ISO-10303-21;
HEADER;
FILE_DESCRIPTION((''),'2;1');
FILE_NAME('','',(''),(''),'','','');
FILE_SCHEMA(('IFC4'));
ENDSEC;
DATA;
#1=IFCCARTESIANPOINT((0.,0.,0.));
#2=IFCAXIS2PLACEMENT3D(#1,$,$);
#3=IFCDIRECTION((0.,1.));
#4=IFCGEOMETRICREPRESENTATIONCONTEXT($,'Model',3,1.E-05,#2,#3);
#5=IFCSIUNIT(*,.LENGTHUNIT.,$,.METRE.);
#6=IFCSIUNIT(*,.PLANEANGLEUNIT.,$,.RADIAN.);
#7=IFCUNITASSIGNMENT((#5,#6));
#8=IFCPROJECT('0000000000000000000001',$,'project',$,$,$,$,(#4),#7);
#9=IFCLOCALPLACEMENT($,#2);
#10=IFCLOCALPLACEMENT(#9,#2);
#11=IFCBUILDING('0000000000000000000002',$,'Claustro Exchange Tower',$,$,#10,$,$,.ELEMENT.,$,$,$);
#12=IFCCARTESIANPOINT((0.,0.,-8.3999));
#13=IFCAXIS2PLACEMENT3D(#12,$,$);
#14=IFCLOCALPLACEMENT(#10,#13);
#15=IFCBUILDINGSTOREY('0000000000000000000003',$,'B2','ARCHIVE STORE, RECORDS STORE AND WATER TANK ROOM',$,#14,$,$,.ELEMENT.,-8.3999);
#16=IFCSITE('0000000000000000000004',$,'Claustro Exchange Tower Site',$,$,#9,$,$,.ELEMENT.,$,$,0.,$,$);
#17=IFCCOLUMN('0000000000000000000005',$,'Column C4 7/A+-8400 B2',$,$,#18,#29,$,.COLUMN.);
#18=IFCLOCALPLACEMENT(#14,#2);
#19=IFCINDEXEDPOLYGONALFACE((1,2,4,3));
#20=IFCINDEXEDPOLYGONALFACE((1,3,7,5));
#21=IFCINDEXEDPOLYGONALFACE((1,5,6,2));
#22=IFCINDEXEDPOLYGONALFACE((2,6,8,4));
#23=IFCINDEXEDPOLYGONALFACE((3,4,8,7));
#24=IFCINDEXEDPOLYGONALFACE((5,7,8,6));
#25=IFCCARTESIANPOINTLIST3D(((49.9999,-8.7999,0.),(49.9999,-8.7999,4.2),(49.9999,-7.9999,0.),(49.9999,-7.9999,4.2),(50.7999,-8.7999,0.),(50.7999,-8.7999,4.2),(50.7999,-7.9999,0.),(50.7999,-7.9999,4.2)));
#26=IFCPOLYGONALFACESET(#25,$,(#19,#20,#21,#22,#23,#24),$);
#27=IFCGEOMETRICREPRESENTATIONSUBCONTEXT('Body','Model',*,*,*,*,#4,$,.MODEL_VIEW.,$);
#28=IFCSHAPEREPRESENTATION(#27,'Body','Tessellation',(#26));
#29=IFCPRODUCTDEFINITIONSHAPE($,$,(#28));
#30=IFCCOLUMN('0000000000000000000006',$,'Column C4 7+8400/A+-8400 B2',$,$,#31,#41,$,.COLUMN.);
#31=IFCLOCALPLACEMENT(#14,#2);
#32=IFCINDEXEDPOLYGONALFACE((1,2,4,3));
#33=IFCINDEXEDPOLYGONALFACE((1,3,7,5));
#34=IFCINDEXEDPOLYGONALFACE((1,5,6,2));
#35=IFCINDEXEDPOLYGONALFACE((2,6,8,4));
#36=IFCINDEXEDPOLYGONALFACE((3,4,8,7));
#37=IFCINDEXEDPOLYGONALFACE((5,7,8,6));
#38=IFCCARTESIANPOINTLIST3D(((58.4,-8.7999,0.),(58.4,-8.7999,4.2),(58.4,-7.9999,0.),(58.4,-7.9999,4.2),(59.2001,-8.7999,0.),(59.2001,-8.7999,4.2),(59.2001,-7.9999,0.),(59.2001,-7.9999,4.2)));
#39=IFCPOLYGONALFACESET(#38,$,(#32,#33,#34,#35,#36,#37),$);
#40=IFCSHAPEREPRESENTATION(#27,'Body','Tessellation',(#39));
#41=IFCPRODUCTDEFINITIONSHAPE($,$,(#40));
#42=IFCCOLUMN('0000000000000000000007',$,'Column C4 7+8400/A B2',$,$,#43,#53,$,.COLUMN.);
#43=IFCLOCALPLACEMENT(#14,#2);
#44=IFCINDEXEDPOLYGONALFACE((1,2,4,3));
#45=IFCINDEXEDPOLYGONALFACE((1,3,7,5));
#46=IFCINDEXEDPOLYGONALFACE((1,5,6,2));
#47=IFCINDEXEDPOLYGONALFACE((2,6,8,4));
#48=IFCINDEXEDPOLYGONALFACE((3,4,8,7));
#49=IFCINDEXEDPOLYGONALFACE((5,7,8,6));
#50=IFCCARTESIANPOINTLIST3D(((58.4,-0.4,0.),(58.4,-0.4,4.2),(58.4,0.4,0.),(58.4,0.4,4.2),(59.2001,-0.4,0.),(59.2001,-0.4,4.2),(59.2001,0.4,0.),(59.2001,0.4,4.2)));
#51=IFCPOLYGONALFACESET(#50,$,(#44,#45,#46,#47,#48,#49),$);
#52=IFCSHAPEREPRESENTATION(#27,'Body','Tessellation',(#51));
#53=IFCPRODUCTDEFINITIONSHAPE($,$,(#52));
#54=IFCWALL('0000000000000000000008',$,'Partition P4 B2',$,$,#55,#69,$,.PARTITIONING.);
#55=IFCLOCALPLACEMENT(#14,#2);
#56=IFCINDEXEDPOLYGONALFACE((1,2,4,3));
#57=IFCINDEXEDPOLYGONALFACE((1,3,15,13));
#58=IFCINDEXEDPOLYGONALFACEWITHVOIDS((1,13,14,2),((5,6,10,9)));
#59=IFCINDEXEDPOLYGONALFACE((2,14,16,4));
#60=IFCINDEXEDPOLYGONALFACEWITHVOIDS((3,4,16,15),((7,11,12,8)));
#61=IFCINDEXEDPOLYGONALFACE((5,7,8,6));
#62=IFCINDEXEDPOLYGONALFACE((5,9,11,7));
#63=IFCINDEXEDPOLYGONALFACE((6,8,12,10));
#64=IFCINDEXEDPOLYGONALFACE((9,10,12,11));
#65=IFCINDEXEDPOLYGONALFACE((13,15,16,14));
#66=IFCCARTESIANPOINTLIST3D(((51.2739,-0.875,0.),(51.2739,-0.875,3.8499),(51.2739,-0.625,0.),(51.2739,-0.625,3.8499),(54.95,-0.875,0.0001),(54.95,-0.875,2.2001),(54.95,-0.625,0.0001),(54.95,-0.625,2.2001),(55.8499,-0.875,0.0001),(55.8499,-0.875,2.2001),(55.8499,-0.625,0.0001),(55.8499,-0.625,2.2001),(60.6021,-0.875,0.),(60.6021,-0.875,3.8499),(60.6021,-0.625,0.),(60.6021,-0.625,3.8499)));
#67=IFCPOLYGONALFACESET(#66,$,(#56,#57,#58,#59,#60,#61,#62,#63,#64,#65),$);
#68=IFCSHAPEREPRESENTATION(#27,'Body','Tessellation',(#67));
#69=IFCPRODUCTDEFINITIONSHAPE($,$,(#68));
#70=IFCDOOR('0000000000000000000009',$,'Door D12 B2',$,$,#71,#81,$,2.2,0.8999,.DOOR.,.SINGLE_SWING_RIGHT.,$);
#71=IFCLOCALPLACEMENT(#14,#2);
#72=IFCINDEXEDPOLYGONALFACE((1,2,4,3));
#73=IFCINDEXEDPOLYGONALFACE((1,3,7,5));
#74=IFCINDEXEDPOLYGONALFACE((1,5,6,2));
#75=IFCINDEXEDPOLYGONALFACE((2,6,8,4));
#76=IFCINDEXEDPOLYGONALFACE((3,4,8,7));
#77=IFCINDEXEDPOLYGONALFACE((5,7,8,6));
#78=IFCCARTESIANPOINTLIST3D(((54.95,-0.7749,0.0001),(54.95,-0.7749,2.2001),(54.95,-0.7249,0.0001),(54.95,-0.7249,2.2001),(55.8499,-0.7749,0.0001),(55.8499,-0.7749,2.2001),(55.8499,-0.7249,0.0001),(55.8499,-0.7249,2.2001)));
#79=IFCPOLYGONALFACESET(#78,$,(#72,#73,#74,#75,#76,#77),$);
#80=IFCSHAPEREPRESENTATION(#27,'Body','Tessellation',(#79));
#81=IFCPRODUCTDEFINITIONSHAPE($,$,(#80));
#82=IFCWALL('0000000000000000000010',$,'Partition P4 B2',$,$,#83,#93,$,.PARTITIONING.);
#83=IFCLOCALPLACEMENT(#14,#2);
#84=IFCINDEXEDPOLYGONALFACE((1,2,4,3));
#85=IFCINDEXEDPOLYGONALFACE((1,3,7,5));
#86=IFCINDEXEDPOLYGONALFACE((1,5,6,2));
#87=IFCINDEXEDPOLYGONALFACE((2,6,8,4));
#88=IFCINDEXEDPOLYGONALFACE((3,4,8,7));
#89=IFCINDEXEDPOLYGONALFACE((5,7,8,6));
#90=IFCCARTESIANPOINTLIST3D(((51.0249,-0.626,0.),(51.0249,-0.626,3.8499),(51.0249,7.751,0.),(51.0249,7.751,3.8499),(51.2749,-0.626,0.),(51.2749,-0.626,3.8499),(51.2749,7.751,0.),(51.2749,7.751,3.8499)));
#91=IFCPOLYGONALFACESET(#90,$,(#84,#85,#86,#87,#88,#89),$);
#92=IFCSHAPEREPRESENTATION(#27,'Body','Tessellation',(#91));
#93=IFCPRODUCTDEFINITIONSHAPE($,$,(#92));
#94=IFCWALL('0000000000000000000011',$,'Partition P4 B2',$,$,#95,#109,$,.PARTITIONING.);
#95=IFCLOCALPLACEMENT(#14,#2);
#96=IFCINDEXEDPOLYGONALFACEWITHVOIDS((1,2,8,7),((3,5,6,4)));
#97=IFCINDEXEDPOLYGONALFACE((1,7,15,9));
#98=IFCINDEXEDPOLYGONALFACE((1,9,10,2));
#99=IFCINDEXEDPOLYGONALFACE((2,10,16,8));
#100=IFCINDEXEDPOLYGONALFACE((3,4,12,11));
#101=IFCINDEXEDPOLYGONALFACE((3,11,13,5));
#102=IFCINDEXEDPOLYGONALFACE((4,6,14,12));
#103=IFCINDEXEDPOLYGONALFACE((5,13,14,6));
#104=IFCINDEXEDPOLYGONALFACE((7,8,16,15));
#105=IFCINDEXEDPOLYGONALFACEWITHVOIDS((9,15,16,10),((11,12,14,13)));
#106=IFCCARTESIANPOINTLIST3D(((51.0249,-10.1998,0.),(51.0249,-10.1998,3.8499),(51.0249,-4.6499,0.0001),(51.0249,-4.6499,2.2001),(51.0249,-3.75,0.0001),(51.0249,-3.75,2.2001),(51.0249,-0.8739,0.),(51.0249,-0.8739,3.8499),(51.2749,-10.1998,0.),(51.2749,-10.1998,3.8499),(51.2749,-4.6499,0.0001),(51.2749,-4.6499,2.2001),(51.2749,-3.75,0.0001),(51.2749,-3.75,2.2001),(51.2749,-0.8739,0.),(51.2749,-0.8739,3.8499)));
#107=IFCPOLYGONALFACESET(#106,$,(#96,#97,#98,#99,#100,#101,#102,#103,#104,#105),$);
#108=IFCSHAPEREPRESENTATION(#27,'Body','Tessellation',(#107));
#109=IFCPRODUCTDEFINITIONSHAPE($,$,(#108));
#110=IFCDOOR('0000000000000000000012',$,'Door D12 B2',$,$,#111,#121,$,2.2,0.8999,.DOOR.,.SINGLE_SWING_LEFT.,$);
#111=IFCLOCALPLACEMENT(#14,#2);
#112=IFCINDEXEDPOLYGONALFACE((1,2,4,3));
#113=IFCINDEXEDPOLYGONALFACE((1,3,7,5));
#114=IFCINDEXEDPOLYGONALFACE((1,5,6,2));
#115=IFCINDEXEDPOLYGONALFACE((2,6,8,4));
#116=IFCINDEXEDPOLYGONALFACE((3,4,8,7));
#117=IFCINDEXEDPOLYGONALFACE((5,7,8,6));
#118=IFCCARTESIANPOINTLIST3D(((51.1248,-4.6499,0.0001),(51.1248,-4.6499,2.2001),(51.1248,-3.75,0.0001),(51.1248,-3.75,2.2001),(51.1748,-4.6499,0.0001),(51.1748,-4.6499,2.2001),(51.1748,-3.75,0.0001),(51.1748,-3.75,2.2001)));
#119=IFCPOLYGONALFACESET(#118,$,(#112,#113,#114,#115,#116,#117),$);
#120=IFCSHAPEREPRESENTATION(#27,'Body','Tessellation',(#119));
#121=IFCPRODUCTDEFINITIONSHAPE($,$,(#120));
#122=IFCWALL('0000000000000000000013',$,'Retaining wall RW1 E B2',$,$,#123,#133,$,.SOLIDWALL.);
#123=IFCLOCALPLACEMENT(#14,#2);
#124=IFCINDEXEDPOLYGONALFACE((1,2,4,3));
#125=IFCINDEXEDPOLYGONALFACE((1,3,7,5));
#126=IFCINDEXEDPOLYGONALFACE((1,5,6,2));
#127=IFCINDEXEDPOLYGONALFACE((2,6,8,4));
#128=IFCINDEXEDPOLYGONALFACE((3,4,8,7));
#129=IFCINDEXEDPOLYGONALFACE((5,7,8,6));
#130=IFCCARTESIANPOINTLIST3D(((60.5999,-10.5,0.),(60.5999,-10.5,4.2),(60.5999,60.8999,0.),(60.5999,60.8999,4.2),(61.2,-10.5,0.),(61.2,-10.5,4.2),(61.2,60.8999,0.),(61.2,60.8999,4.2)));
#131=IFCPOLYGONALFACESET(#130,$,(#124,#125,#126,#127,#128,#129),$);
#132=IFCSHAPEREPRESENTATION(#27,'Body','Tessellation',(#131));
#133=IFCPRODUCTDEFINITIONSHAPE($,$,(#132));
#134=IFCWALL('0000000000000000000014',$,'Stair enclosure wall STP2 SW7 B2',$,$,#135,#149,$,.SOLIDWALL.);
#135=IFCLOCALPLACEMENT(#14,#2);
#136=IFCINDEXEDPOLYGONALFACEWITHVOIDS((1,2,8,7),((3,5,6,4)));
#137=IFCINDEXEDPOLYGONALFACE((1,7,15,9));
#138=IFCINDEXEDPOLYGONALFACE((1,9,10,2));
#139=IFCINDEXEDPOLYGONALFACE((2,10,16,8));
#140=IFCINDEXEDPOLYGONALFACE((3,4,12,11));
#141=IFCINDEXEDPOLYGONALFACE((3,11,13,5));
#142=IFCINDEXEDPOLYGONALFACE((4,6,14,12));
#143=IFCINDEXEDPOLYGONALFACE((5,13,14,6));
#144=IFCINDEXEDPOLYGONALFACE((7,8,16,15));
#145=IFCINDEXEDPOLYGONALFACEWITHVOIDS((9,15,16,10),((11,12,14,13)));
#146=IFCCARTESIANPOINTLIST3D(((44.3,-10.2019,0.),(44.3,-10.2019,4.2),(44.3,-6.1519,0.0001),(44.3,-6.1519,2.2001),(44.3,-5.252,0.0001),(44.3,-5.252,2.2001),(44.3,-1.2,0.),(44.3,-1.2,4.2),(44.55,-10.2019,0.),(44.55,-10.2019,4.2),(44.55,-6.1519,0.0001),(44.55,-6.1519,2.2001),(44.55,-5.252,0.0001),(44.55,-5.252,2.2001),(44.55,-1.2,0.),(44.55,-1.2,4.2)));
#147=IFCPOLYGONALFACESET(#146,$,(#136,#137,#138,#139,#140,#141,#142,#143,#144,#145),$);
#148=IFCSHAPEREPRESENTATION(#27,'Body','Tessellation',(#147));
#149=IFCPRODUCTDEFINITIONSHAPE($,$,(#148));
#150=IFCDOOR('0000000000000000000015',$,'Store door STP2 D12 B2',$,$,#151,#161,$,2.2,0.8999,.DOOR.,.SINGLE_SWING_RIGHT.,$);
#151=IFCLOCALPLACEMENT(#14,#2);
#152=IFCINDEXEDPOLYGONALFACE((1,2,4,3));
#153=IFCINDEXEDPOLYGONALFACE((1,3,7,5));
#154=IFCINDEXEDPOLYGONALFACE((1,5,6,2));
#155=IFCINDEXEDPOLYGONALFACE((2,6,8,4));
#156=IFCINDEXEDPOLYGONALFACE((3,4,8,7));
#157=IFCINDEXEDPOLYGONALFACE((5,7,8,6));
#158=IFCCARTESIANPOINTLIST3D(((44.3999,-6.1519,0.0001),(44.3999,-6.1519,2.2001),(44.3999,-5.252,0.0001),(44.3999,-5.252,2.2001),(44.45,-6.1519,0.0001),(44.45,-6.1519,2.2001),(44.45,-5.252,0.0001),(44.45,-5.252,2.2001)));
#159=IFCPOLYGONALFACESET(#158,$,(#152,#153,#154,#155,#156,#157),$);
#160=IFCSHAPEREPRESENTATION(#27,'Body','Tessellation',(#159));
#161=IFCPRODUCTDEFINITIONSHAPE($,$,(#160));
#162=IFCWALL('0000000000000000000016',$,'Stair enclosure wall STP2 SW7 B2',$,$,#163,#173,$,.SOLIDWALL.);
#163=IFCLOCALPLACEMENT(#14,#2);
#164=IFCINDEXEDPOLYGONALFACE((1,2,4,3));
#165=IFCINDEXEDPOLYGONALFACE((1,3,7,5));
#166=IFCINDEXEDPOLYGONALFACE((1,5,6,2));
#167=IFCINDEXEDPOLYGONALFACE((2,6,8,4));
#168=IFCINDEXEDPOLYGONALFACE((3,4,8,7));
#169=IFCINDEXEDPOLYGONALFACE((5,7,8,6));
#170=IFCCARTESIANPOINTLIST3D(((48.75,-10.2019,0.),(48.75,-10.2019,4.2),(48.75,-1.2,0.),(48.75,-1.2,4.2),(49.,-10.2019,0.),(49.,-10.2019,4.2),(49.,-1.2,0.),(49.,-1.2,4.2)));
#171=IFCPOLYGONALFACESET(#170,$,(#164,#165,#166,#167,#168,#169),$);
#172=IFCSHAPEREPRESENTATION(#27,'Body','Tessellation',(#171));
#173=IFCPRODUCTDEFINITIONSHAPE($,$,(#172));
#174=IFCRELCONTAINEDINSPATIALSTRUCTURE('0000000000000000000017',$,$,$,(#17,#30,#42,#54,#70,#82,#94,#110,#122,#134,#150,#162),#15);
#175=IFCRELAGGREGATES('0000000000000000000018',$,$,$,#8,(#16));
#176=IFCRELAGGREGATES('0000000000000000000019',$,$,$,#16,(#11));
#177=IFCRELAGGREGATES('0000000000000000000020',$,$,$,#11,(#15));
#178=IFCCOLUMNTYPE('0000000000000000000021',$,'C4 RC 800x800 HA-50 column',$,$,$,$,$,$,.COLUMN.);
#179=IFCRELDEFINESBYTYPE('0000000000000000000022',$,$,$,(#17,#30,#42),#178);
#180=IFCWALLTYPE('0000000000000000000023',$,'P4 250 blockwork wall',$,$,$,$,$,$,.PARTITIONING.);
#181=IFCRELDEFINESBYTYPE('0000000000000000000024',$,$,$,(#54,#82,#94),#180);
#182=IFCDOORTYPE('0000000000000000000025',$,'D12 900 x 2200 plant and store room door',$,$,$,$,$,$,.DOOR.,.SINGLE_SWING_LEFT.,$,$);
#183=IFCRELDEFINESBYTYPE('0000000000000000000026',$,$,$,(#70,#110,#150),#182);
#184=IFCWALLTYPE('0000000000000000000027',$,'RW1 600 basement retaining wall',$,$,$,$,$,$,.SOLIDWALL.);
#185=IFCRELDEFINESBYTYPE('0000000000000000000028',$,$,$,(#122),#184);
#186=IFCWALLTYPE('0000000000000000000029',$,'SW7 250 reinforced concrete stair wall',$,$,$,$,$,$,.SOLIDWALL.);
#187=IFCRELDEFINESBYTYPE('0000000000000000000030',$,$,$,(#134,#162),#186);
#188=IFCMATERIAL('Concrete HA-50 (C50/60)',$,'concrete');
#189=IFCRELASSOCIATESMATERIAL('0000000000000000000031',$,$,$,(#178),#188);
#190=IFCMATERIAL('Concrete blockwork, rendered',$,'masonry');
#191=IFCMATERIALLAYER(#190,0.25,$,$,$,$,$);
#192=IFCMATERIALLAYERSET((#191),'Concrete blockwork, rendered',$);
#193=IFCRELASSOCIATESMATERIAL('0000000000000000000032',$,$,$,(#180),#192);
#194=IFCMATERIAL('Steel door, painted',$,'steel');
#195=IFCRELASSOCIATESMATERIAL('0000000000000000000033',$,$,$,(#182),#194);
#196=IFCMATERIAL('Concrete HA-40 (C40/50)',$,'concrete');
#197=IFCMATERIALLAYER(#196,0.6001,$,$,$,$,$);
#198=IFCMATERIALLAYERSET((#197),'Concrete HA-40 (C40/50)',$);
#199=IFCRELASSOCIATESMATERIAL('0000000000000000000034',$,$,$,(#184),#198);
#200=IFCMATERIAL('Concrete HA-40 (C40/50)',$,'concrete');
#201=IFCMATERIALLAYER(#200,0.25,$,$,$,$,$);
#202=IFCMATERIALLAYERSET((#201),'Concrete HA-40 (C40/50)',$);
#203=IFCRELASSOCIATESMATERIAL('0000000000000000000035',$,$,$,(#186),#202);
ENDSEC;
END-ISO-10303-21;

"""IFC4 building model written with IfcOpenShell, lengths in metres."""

from ifc_helpers import new_model, si_unit, direction, frame, frame_2d, origin, origin_2d, place, context, subcontext, project, spatial, rectangle, extrude, material, layer, layer_set, material_profile, profile_set, type_object, element, fill, save


model = new_model("IFC4")

# Units and contexts
model_context = context("Model", 3, precision=1e-05, world=origin(), true_north=direction((0.0, 1.0)))
body_context = subcontext(model_context, "Body", "Model", "MODEL_VIEW")
ifc_project = project(units=[si_unit("LENGTHUNIT", "METRE"), si_unit("PLANEANGLEUNIT", "RADIAN")], contexts=[model_context])

# Site, building, storey
site_placement = place(None, origin())
site = spatial("IfcSite", under=ifc_project, at=site_placement, Name="Claustro Exchange Tower Site", CompositionType="ELEMENT", RefElevation=0.0)
building_placement = place(site_placement, origin())
building = spatial("IfcBuilding", under=site, at=building_placement, Name="Claustro Exchange Tower", CompositionType="ELEMENT")
storey_placement = place(building_placement, frame((0.0, 0.0, -8.3999)))
storey = spatial("IfcBuildingStorey", under=building, at=storey_placement, Name="B2", Description="ARCHIVE STORE, RECORDS STORE AND WATER TANK ROOM", CompositionType="ELEMENT", Elevation=-8.3999)

# Columns
ifc_material_1 = material(Name="Concrete HA-50 (C50/60)", Category="concrete")
ifc_material_profile_1 = material_profile(ifc_material_1, rectangle(XDim=0.8, YDim=0.8, at=origin_2d()), Name="RC 800x800")
ifc_profile_set_1 = profile_set([ifc_material_profile_1], Name="Concrete HA-50 (C50/60)")
column_type_1 = type_object("IfcColumnType", Name="C4 RC 800x800 HA-50 column", PredefinedType="COLUMN", material=ifc_profile_set_1)
for number, where, z_axis, x_axis, name in (
    (1, (50.3999, -8.3999, 0.0), (0.0, 0.0, 1.0), (1.0, 0.0, 0.0), "Column C4 7/A+-8400 B2"),
    (2, (58.8, -8.3999, 0.0), (0.0, 0.0, 1.0), (1.0, 0.0, 0.0), "Column C4 7+8400/A+-8400 B2"),
    (3, (58.8, 0.0, 0.0), (0.0, 0.0, 1.0), (1.0, 0.0, 0.0), "Column C4 7+8400/A B2"),
):
    element("IfcColumn", number, at=place(storey_placement, frame(where, z_axis=z_axis, x_axis=x_axis)), inside=storey, type_object=column_type_1, Name=name, PredefinedType="COLUMN", context=body_context, shape_type="SweptSolid", body=[
        extrude(rectangle(XDim=0.8, YDim=0.8, at=origin_2d()), origin(), (0.0, 0.0, 1.0), 4.2),
    ])

# Wall, opening, door
ifc_material_2 = material(Name="Concrete blockwork, rendered", Category="masonry")
ifc_layer_1 = layer(ifc_material_2, 0.25)
ifc_layer_set_1 = layer_set([ifc_layer_1], Name="Concrete blockwork, rendered")
wall_type_1 = type_object("IfcWallType", Name="P4 250 blockwork wall", PredefinedType="PARTITIONING", material=ifc_layer_set_1)
wall_1_placement = place(storey_placement, frame((51.2739, -0.75, 0.0), z_axis=(0.0, 0.0, 1.0), x_axis=(1.0, 0.0, 0.0)))
wall_1 = element("IfcWall", 4, at=wall_1_placement, inside=storey, type_object=wall_type_1, Name="Partition P4 B2", PredefinedType="PARTITIONING", context=body_context, shape_type="SweptSolid", body=[
    extrude(rectangle(XDim=9.3281, YDim=0.25, at=frame_2d((4.6641, 0.0))), origin(), (0.0, 0.0, 1.0), 3.8499),
])
opening_1_placement = place(wall_1_placement, frame((3.676, 0.0, 0.0)))
opening_1 = element("IfcOpeningElement", 5, at=opening_1_placement, cuts=wall_1, PredefinedType="OPENING", context=body_context, shape_type="SweptSolid", body=[
    extrude(rectangle(XDim=0.8999, YDim=2.2, at=frame_2d((0.45, 1.1001))), frame((0.0, 0.135, 0.0), z_axis=(0.0, -1.0, 0.0), x_axis=(1.0, 0.0, 0.0)), (0.0, 0.0, 1.0), 0.27),
])
ifc_material_3 = material(Name="Steel door, painted", Category="steel")
door_type = type_object("IfcDoorType", Name="D12 900 x 2200 plant and store room door", OperationType="SINGLE_SWING_LEFT", PredefinedType="DOOR", material=ifc_material_3)
door_1_placement = place(opening_1_placement, frame((0.8999, 0.0, 0.0), z_axis=(0.0, 0.0, 1.0), x_axis=(-1.0, 0.0, 0.0)))
door_1 = element("IfcDoor", 6, at=door_1_placement, inside=storey, type_object=door_type, Name="Door D12 B2", OperationType="SINGLE_SWING_RIGHT", OverallHeight=2.2, OverallWidth=0.8999, PredefinedType="DOOR", context=body_context, shape_type="SweptSolid", body=[
    extrude(rectangle(XDim=0.8999, YDim=2.2, at=frame_2d((0.45, 1.1001))), frame((0.0, 0.0249, 0.0), z_axis=(0.0, -1.0, 0.0), x_axis=(1.0, 0.0, 0.0)), (0.0, 0.0, 1.0), 0.05),
])
fill(opening_1, door_1)

# Wall
wall_2_placement = place(storey_placement, frame((51.1499, -0.626, 0.0), z_axis=(0.0, 0.0, 1.0), x_axis=(0.0, 1.0, 0.0)))
element("IfcWall", 7, at=wall_2_placement, inside=storey, type_object=wall_type_1, Name="Partition P4 B2", PredefinedType="PARTITIONING", context=body_context, shape_type="SweptSolid", body=[
    extrude(rectangle(XDim=8.377, YDim=0.25, at=frame_2d((4.1885, 0.0))), origin(), (0.0, 0.0, 1.0), 3.8499),
])

# Wall, opening, door
wall_3_placement = place(storey_placement, frame((51.1499, -10.2, 0.0), z_axis=(0.0, 0.0, 1.0), x_axis=(0.0, 1.0, 0.0)))
wall_3 = element("IfcWall", 8, at=wall_3_placement, inside=storey, type_object=wall_type_1, Name="Partition P4 B2", PredefinedType="PARTITIONING", context=body_context, shape_type="SweptSolid", body=[
    extrude(rectangle(XDim=9.3259, YDim=0.25, at=frame_2d((4.6631, 0.0))), origin(), (0.0, 0.0, 1.0), 3.8499),
])
opening_2_placement = place(wall_3_placement, frame((5.55, 0.0, 0.0)))
opening_2 = element("IfcOpeningElement", 9, at=opening_2_placement, cuts=wall_3, PredefinedType="OPENING", context=body_context, shape_type="SweptSolid", body=[
    extrude(rectangle(XDim=0.8999, YDim=2.2, at=frame_2d((0.45, 1.1001))), frame((0.0, 0.135, 0.0), z_axis=(0.0, -1.0, 0.0), x_axis=(1.0, 0.0, 0.0)), (0.0, 0.0, 1.0), 0.27),
])
door_2_placement = place(opening_2_placement, frame((0.8999, 0.0, 0.0), z_axis=(0.0, 0.0, 1.0), x_axis=(-1.0, 0.0, 0.0)))
door_2 = element("IfcDoor", 10, at=door_2_placement, inside=storey, type_object=door_type, Name="Door D12 B2", OperationType="SINGLE_SWING_LEFT", OverallHeight=2.2, OverallWidth=0.8999, PredefinedType="DOOR", context=body_context, shape_type="SweptSolid", body=[
    extrude(rectangle(XDim=0.8999, YDim=2.2, at=frame_2d((0.45, 1.1001))), frame((0.0, 0.0249, 0.0), z_axis=(0.0, -1.0, 0.0), x_axis=(1.0, 0.0, 0.0)), (0.0, 0.0, 1.0), 0.05),
])
fill(opening_2, door_2)

# Wall
ifc_material_4 = material(Name="Concrete HA-40 (C40/50)", Category="concrete")
ifc_layer_2 = layer(ifc_material_4, 0.6001)
ifc_layer_set_2 = layer_set([ifc_layer_2], Name="Concrete HA-40 (C40/50)")
wall_type_2 = type_object("IfcWallType", Name="RW1 600 basement retaining wall", PredefinedType="SOLIDWALL", material=ifc_layer_set_2)
wall_4_placement = place(storey_placement, frame((60.8999, -10.5, 0.0), z_axis=(0.0, 0.0, 1.0), x_axis=(0.0, 1.0, 0.0)))
element("IfcWall", 11, at=wall_4_placement, inside=storey, type_object=wall_type_2, Name="Retaining wall RW1 E B2", PredefinedType="SOLIDWALL", context=body_context, shape_type="SweptSolid", body=[
    extrude(rectangle(XDim=71.3999, YDim=0.6001, at=frame_2d((35.7, 0.0))), origin(), (0.0, 0.0, 1.0), 4.2),
])

# Wall, opening, door
ifc_material_5 = material(Name="Concrete HA-40 (C40/50)", Category="concrete")
ifc_layer_3 = layer(ifc_material_5, 0.25)
ifc_layer_set_3 = layer_set([ifc_layer_3], Name="Concrete HA-40 (C40/50)")
wall_type_3 = type_object("IfcWallType", Name="SW7 250 reinforced concrete stair wall", PredefinedType="SOLIDWALL", material=ifc_layer_set_3)
wall_5_placement = place(storey_placement, frame((44.425, -10.2019, 0.0), z_axis=(0.0, 0.0, 1.0), x_axis=(0.0, 1.0, 0.0)))
wall_5 = element("IfcWall", 12, at=wall_5_placement, inside=storey, type_object=wall_type_3, Name="Stair enclosure wall STP2 SW7 B2", PredefinedType="SOLIDWALL", context=body_context, shape_type="SweptSolid", body=[
    extrude(rectangle(XDim=9.002, YDim=0.25, at=frame_2d((4.501, 0.0))), origin(), (0.0, 0.0, 1.0), 4.2),
])
opening_3_placement = place(wall_5_placement, frame((4.05, 0.0, 0.0)))
opening_3 = element("IfcOpeningElement", 13, at=opening_3_placement, cuts=wall_5, PredefinedType="OPENING", context=body_context, shape_type="SweptSolid", body=[
    extrude(rectangle(XDim=0.8999, YDim=2.2, at=frame_2d((0.45, 1.1001))), frame((0.0, 0.135, 0.0), z_axis=(0.0, -1.0, 0.0), x_axis=(1.0, 0.0, 0.0)), (0.0, 0.0, 1.0), 0.27),
])
door_3_placement = place(opening_3_placement, frame((0.8999, 0.0, 0.0), z_axis=(0.0, 0.0, 1.0), x_axis=(-1.0, 0.0, 0.0)))
door_3 = element("IfcDoor", 14, at=door_3_placement, inside=storey, type_object=door_type, Name="Store door STP2 D12 B2", OperationType="SINGLE_SWING_RIGHT", OverallHeight=2.2, OverallWidth=0.8999, PredefinedType="DOOR", context=body_context, shape_type="SweptSolid", body=[
    extrude(rectangle(XDim=0.8999, YDim=2.2, at=frame_2d((0.45, 1.1001))), frame((0.0, 0.0249, 0.0), z_axis=(0.0, -1.0, 0.0), x_axis=(1.0, 0.0, 0.0)), (0.0, 0.0, 1.0), 0.05),
])
fill(opening_3, door_3)

# Wall
wall_6_placement = place(storey_placement, frame((48.875, -10.2019, 0.0), z_axis=(0.0, 0.0, 1.0), x_axis=(0.0, 1.0, 0.0)))
element("IfcWall", 15, at=wall_6_placement, inside=storey, type_object=wall_type_3, Name="Stair enclosure wall STP2 SW7 B2", PredefinedType="SOLIDWALL", context=body_context, shape_type="SweptSolid", body=[
    extrude(rectangle(XDim=9.002, YDim=0.25, at=frame_2d((4.501, 0.0))), origin(), (0.0, 0.0, 1.0), 4.2),
])

save(model, "model.ifc")
